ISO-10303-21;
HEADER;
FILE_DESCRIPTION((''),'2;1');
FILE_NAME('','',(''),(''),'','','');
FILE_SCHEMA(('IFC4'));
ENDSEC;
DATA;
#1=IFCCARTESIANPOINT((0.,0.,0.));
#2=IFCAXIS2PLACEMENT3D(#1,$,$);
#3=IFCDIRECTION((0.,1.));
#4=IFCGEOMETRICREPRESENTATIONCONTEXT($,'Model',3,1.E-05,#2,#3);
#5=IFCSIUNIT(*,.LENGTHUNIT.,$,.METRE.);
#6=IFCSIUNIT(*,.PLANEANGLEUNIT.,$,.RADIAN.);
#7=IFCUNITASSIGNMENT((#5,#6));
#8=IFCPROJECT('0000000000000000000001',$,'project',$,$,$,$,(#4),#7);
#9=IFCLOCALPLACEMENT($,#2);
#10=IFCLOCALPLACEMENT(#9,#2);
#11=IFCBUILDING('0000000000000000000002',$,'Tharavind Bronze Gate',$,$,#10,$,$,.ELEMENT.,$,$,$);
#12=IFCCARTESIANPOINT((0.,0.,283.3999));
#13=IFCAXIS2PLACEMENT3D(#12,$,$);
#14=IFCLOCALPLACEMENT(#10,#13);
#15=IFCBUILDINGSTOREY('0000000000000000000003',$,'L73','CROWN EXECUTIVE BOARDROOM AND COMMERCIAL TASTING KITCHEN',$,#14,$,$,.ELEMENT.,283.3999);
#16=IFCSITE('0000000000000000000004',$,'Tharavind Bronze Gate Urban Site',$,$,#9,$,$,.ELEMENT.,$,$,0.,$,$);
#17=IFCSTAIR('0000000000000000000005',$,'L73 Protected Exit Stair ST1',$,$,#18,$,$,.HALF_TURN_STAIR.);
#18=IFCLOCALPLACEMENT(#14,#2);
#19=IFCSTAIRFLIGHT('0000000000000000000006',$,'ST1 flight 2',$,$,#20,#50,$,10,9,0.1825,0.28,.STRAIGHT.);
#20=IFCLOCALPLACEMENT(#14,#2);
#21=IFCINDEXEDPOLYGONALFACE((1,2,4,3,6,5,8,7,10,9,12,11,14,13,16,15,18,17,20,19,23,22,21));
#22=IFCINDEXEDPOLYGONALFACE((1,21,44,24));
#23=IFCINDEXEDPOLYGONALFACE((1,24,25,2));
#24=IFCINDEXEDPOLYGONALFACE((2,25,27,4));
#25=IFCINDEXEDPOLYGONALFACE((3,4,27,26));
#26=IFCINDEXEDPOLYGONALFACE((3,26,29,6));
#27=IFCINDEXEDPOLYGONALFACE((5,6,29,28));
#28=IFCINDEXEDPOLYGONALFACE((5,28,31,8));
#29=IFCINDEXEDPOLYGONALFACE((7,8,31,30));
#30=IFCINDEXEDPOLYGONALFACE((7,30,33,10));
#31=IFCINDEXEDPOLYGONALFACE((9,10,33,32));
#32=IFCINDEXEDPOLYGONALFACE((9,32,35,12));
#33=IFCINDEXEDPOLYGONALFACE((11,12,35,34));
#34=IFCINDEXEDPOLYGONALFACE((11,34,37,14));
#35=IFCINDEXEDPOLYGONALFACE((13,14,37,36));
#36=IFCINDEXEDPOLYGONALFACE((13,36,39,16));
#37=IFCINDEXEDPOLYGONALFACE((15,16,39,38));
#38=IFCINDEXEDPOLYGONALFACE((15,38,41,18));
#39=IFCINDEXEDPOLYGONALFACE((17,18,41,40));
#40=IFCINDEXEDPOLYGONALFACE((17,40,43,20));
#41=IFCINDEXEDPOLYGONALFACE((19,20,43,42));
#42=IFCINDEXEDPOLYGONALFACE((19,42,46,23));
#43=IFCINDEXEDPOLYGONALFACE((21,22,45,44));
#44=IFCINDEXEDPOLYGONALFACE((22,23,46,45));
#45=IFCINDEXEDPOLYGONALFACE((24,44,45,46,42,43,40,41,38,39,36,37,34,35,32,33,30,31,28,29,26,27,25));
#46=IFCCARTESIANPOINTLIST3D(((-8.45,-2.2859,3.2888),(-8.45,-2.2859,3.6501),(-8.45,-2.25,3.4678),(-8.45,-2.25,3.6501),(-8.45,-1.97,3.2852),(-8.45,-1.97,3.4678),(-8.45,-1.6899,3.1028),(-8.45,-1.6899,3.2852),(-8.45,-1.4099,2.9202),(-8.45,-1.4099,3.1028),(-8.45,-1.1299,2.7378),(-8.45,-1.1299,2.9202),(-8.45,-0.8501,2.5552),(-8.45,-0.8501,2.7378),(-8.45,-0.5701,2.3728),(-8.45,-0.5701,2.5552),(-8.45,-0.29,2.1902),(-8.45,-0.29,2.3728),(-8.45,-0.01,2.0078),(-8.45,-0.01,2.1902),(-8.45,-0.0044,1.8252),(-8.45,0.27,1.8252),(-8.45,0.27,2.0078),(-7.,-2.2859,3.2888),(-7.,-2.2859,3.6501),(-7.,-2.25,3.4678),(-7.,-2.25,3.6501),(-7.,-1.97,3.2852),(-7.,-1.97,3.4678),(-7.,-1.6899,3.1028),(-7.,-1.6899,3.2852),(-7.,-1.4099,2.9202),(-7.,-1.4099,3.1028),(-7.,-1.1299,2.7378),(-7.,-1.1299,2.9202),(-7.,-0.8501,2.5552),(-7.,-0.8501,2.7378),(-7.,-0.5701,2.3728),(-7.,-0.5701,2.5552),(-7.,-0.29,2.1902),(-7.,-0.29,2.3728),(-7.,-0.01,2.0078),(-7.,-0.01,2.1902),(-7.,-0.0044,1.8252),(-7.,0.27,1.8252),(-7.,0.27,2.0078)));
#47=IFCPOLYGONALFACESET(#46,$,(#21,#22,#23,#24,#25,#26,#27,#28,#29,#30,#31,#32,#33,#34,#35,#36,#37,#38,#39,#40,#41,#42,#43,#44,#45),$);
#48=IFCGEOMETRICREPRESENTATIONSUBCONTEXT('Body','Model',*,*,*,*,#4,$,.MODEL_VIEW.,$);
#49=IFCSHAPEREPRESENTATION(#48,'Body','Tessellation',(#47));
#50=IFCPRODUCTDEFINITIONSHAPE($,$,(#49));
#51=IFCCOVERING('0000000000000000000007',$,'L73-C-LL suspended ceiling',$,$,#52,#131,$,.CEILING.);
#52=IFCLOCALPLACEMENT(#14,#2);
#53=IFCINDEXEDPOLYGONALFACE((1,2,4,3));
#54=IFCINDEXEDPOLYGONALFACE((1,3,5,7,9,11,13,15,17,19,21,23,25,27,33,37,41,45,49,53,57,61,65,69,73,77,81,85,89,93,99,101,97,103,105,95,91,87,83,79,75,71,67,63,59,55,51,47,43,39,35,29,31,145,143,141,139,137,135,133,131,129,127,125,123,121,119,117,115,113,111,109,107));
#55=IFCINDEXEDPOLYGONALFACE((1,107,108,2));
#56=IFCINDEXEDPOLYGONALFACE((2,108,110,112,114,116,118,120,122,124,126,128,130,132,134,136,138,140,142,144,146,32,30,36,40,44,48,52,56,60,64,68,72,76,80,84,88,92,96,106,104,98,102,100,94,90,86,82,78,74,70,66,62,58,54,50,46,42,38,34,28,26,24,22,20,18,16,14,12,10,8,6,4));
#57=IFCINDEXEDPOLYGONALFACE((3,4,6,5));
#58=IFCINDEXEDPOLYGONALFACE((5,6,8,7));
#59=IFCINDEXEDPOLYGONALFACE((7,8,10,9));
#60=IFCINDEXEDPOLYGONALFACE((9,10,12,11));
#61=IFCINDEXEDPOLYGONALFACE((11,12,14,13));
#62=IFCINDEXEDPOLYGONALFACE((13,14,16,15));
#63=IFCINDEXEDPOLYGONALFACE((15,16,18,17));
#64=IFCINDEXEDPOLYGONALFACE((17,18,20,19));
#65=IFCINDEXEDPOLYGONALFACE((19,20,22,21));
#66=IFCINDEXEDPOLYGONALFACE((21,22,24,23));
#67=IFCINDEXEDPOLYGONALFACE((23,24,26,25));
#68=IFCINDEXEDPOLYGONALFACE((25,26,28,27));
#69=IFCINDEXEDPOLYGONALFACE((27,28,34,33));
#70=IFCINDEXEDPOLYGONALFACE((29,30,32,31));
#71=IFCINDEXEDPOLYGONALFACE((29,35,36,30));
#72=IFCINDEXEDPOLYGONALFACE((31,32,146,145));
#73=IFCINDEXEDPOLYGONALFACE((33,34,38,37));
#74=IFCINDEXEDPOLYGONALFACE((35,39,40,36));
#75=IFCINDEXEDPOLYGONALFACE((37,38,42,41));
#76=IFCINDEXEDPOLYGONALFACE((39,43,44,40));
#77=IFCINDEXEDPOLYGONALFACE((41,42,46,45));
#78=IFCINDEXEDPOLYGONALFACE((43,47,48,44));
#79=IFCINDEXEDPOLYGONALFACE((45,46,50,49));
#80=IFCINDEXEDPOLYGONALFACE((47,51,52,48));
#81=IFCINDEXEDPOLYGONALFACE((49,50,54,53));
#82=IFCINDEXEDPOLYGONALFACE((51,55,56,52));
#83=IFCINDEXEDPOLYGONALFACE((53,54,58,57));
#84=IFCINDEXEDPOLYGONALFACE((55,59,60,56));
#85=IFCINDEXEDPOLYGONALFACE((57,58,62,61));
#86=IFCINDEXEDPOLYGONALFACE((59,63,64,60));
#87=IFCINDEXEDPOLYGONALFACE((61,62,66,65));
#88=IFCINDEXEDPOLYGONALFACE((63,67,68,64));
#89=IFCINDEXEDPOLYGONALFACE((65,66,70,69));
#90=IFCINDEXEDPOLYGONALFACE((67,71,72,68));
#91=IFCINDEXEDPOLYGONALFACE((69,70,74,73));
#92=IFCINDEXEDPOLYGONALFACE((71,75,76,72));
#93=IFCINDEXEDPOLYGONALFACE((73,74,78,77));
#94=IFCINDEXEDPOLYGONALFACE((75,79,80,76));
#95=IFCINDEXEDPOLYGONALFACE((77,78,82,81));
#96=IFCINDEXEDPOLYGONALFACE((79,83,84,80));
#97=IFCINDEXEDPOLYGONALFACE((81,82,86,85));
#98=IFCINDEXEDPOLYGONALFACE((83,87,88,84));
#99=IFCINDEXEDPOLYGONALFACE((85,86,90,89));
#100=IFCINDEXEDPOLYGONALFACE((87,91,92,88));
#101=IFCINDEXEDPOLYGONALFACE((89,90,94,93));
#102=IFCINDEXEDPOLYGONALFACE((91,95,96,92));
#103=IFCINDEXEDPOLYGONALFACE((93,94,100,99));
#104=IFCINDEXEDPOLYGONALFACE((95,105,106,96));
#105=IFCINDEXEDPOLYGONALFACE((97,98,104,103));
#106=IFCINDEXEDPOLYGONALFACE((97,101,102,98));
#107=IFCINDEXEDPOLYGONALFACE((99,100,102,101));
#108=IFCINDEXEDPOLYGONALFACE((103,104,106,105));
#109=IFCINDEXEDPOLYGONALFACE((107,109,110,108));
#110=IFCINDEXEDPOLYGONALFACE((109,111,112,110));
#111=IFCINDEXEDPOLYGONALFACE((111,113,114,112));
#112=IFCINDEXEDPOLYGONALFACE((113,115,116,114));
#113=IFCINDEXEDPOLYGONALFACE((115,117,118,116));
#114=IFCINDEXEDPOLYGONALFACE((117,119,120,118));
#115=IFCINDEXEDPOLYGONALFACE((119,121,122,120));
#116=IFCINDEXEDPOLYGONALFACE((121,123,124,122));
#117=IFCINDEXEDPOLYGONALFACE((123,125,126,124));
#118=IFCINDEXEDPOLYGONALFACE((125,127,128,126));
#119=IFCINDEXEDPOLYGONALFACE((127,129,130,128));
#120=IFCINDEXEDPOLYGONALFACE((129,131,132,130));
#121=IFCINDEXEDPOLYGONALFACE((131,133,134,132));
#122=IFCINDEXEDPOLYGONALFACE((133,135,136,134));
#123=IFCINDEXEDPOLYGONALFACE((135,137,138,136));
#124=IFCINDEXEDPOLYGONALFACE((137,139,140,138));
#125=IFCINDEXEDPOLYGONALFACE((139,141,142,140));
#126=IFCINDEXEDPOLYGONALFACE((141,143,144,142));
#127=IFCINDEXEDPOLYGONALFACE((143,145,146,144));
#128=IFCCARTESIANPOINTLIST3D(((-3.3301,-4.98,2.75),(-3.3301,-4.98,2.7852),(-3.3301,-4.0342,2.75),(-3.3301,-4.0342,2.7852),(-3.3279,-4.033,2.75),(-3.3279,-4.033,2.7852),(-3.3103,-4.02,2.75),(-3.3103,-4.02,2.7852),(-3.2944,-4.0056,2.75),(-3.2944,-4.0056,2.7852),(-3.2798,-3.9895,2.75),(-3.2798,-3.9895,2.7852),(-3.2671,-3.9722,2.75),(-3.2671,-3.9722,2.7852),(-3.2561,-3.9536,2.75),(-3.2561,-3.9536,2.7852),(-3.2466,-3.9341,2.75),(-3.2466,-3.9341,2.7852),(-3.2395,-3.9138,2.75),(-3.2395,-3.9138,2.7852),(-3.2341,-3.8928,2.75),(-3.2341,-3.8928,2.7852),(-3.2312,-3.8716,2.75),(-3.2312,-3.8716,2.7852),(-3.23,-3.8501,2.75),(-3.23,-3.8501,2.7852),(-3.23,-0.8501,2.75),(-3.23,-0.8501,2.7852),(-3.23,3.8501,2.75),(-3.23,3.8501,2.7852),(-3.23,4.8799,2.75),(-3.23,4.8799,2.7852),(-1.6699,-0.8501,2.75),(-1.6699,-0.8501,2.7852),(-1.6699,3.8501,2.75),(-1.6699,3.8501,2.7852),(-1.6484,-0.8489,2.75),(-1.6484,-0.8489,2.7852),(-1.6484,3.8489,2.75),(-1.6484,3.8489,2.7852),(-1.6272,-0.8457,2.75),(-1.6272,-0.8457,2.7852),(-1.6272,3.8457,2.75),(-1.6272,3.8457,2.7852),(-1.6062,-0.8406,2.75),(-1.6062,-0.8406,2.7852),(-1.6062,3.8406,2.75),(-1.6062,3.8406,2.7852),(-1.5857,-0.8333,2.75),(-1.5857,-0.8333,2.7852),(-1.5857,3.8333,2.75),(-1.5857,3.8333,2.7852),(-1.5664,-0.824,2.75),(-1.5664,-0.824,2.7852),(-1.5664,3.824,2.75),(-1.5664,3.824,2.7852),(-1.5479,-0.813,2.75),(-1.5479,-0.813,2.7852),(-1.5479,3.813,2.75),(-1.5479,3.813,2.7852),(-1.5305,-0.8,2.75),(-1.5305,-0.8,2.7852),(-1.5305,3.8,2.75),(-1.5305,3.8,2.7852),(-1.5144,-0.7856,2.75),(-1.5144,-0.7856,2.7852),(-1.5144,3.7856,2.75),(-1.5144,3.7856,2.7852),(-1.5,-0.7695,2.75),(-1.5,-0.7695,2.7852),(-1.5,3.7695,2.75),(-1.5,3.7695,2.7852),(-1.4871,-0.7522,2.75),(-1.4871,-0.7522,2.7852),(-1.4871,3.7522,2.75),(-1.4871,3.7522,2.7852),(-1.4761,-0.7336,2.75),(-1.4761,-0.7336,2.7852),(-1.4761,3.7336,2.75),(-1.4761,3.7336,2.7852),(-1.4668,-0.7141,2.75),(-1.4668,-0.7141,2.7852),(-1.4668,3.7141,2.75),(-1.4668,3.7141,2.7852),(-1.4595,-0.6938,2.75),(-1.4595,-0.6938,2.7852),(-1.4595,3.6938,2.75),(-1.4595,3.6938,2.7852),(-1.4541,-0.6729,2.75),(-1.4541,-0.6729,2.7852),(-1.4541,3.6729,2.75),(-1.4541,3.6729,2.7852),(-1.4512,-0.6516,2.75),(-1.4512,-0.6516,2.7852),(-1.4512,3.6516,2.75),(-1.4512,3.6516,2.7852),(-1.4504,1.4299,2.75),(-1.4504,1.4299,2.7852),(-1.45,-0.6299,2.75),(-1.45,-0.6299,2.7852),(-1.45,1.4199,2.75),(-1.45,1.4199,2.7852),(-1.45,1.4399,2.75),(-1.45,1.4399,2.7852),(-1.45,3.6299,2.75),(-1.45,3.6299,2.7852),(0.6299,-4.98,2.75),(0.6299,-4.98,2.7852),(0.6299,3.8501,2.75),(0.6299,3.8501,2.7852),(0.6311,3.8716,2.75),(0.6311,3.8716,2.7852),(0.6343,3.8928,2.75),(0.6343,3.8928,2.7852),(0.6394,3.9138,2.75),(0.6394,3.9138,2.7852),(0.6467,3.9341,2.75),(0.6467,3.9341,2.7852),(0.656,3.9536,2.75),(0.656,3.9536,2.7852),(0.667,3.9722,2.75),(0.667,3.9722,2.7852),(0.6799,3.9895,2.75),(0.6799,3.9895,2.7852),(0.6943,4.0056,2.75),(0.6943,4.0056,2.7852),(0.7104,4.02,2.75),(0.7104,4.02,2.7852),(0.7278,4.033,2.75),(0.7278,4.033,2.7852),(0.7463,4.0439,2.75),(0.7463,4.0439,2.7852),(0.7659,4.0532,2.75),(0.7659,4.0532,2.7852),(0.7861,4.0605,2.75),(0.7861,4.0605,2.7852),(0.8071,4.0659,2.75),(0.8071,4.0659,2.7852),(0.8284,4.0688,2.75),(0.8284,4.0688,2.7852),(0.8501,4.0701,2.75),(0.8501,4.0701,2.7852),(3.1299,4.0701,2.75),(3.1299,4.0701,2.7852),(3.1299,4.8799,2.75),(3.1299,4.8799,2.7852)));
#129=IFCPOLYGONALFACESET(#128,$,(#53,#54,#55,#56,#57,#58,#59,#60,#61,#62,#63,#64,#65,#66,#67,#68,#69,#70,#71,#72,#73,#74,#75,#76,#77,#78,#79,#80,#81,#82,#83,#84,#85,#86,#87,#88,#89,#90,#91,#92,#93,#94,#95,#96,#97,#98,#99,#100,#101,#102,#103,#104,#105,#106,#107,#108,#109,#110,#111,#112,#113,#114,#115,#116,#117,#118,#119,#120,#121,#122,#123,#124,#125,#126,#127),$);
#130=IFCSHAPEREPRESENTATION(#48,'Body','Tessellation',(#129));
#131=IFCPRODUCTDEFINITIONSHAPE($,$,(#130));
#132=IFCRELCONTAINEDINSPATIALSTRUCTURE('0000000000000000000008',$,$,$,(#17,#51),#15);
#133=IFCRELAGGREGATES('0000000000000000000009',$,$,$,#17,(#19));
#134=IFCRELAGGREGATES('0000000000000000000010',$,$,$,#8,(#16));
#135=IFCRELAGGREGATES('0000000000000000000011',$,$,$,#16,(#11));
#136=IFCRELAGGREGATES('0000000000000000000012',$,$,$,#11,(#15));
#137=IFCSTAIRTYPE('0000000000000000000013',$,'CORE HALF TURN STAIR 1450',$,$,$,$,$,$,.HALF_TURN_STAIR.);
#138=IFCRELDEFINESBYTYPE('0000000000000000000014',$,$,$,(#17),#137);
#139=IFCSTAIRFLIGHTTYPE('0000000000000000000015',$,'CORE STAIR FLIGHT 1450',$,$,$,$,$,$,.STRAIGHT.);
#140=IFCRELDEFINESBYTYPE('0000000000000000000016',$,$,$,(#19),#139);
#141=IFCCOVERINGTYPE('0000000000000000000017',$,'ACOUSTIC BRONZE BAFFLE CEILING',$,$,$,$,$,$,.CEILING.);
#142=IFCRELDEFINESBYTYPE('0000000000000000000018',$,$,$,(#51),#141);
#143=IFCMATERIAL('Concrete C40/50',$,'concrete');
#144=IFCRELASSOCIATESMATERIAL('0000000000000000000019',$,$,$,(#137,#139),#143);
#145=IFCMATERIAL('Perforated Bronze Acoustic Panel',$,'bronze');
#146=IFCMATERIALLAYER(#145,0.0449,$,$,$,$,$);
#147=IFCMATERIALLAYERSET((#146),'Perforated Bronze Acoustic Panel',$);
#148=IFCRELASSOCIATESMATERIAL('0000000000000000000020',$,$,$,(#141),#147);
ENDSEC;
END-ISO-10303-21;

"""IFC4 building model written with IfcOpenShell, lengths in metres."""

from ifc_helpers import new_model, si_unit, direction, frame, origin, place, context, subcontext, project, spatial, polyline, outline, extrude, material, layer, layer_set, type_object, element, aggregate, save


model = new_model("IFC4")

# Units and contexts
model_context = context("Model", 3, precision=1e-05, world=origin(), true_north=direction((0.0, 1.0)))
body_context = subcontext(model_context, "Body", "Model", "MODEL_VIEW")
ifc_project = project(units=[si_unit("LENGTHUNIT", "METRE"), si_unit("PLANEANGLEUNIT", "RADIAN")], contexts=[model_context])

# Site, building, storey
site_placement = place(None, origin())
site = spatial("IfcSite", under=ifc_project, at=site_placement, Name="Tharavind Bronze Gate Urban Site", CompositionType="ELEMENT", RefElevation=0.0)
building_placement = place(site_placement, origin())
building = spatial("IfcBuilding", under=site, at=building_placement, Name="Tharavind Bronze Gate", CompositionType="ELEMENT")
storey_placement = place(building_placement, frame((0.0, 0.0, 283.3999)))
storey = spatial("IfcBuildingStorey", under=building, at=storey_placement, Name="L73", Description="CROWN EXECUTIVE BOARDROOM AND COMMERCIAL TASTING KITCHEN", CompositionType="ELEMENT", Elevation=283.3999)

# Shared definitions
ifc_material_1 = material(Name="Concrete C40/50", Category="concrete")

# Stair
stair_type = type_object("IfcStairType", Name="CORE HALF TURN STAIR 1450", PredefinedType="HALF_TURN_STAIR", material=ifc_material_1)
stair_1_placement = place(storey_placement, origin())
stair_1 = element("IfcStair", 1, at=stair_1_placement, inside=storey, type_object=stair_type, Name="L73 Protected Exit Stair ST1", PredefinedType="HALF_TURN_STAIR")

# Stair flight
stair_flight_type = type_object("IfcStairFlightType", Name="CORE STAIR FLIGHT 1450", PredefinedType="STRAIGHT", material=ifc_material_1)
stair_flight_placement = place(storey_placement, frame((-7.7251, 0.27, 1.8252), z_axis=(0.0, 0.0, 1.0), x_axis=(0.0, -1.0, 0.0)))
stair_flight = element("IfcStairFlight", 2, at=stair_flight_placement, type_object=stair_flight_type, Name="ST1 flight 2", NumberOfRisers=10, NumberOfTreads=9, PredefinedType="STRAIGHT", RiserHeight=0.1825, TreadLength=0.28, context=body_context, shape_type="SweptSolid", body=[
    extrude(outline(polyline([(0.0, 0.0), (0.0, 0.1826), (0.28, 0.1826), (0.28, 0.365), (0.5601, 0.365), (0.5601, 0.5476), (0.8401, 0.5476), (0.8401, 0.73), (1.1201, 0.73), (1.1201, 0.9126), (1.3999, 0.9126), (1.3999, 1.095), (1.6799, 1.095), (1.6799, 1.2776), (1.96, 1.2776), (1.96, 1.46), (2.24, 1.46), (2.24, 1.6426), (2.52, 1.6426), (2.52, 1.825), (2.5559, 1.825), (2.5559, 1.4636), (0.2744, 0.0), (0.0, 0.0)])), frame((0.0, 0.7251, 0.0), z_axis=(0.0, -1.0, 0.0), x_axis=(1.0, 0.0, 0.0)), (0.0, 0.0, 1.0), 1.45),
])
aggregate(stair_1, [stair_flight])

# Covering
ifc_material_2 = material(Name="Perforated Bronze Acoustic Panel", Category="bronze")
ifc_layer_1 = layer(ifc_material_2, 0.0449)
ifc_layer_set_1 = layer_set([ifc_layer_1], Name="Perforated Bronze Acoustic Panel")
covering_type_1 = type_object("IfcCoveringType", Name="ACOUSTIC BRONZE BAFFLE CEILING", PredefinedType="CEILING", material=ifc_layer_set_1)
covering_1_placement = place(storey_placement, frame((0.0, 0.0, 2.75)))
element("IfcCovering", 3, at=covering_1_placement, inside=storey, type_object=covering_type_1, Name="L73-C-LL suspended ceiling", PredefinedType="CEILING", context=body_context, shape_type="SweptSolid", body=[
    extrude(outline(polyline([(-3.3301, -4.98), (0.6299, -4.98), (0.6299, 3.8501), (0.6311, 3.8716), (0.6343, 3.8928), (0.6394, 3.9138), (0.6467, 3.9341), (0.656, 3.9536), (0.667, 3.9722), (0.6799, 3.9895), (0.6943, 4.0056), (0.7104, 4.02), (0.7278, 4.033), (0.7463, 4.0439), (0.7659, 4.0532), (0.7861, 4.0605), (0.8071, 4.0659), (0.8284, 4.0688), (0.8501, 4.0701), (3.1299, 4.0701), (3.1299, 4.8799), (-3.23, 4.8799), (-3.23, 3.8501), (-1.6699, 3.8501), (-1.6484, 3.8489), (-1.6272, 3.8457), (-1.6062, 3.8406), (-1.5857, 3.8333), (-1.5664, 3.824), (-1.5479, 3.813), (-1.5305, 3.8), (-1.5144, 3.7856), (-1.5, 3.7695), (-1.4871, 3.7522), (-1.4761, 3.7336), (-1.4668, 3.7141), (-1.4595, 3.6938), (-1.4541, 3.6729), (-1.4512, 3.6516), (-1.45, 3.6299), (-1.45, 1.4399), (-1.4504, 1.4299), (-1.45, 1.4199), (-1.45, -0.6299), (-1.4512, -0.6516), (-1.4541, -0.6729), (-1.4595, -0.6938), (-1.4668, -0.7141), (-1.4761, -0.7336), (-1.4871, -0.7522), (-1.5, -0.7695), (-1.5144, -0.7856), (-1.5305, -0.8), (-1.5479, -0.813), (-1.5664, -0.824), (-1.5857, -0.8333), (-1.6062, -0.8406), (-1.6272, -0.8457), (-1.6484, -0.8489), (-1.6699, -0.8501), (-3.23, -0.8501), (-3.23, -3.8501), (-3.2312, -3.8716), (-3.2341, -3.8928), (-3.2395, -3.9138), (-3.2466, -3.9341), (-3.2561, -3.9536), (-3.2671, -3.9722), (-3.2798, -3.9895), (-3.2944, -4.0056), (-3.3103, -4.02), (-3.3279, -4.033), (-3.3301, -4.0342), (-3.3301, -4.98)])), origin(), (0.0, 0.0, 1.0), 0.0352),
])

save(model, "model.ifc")
